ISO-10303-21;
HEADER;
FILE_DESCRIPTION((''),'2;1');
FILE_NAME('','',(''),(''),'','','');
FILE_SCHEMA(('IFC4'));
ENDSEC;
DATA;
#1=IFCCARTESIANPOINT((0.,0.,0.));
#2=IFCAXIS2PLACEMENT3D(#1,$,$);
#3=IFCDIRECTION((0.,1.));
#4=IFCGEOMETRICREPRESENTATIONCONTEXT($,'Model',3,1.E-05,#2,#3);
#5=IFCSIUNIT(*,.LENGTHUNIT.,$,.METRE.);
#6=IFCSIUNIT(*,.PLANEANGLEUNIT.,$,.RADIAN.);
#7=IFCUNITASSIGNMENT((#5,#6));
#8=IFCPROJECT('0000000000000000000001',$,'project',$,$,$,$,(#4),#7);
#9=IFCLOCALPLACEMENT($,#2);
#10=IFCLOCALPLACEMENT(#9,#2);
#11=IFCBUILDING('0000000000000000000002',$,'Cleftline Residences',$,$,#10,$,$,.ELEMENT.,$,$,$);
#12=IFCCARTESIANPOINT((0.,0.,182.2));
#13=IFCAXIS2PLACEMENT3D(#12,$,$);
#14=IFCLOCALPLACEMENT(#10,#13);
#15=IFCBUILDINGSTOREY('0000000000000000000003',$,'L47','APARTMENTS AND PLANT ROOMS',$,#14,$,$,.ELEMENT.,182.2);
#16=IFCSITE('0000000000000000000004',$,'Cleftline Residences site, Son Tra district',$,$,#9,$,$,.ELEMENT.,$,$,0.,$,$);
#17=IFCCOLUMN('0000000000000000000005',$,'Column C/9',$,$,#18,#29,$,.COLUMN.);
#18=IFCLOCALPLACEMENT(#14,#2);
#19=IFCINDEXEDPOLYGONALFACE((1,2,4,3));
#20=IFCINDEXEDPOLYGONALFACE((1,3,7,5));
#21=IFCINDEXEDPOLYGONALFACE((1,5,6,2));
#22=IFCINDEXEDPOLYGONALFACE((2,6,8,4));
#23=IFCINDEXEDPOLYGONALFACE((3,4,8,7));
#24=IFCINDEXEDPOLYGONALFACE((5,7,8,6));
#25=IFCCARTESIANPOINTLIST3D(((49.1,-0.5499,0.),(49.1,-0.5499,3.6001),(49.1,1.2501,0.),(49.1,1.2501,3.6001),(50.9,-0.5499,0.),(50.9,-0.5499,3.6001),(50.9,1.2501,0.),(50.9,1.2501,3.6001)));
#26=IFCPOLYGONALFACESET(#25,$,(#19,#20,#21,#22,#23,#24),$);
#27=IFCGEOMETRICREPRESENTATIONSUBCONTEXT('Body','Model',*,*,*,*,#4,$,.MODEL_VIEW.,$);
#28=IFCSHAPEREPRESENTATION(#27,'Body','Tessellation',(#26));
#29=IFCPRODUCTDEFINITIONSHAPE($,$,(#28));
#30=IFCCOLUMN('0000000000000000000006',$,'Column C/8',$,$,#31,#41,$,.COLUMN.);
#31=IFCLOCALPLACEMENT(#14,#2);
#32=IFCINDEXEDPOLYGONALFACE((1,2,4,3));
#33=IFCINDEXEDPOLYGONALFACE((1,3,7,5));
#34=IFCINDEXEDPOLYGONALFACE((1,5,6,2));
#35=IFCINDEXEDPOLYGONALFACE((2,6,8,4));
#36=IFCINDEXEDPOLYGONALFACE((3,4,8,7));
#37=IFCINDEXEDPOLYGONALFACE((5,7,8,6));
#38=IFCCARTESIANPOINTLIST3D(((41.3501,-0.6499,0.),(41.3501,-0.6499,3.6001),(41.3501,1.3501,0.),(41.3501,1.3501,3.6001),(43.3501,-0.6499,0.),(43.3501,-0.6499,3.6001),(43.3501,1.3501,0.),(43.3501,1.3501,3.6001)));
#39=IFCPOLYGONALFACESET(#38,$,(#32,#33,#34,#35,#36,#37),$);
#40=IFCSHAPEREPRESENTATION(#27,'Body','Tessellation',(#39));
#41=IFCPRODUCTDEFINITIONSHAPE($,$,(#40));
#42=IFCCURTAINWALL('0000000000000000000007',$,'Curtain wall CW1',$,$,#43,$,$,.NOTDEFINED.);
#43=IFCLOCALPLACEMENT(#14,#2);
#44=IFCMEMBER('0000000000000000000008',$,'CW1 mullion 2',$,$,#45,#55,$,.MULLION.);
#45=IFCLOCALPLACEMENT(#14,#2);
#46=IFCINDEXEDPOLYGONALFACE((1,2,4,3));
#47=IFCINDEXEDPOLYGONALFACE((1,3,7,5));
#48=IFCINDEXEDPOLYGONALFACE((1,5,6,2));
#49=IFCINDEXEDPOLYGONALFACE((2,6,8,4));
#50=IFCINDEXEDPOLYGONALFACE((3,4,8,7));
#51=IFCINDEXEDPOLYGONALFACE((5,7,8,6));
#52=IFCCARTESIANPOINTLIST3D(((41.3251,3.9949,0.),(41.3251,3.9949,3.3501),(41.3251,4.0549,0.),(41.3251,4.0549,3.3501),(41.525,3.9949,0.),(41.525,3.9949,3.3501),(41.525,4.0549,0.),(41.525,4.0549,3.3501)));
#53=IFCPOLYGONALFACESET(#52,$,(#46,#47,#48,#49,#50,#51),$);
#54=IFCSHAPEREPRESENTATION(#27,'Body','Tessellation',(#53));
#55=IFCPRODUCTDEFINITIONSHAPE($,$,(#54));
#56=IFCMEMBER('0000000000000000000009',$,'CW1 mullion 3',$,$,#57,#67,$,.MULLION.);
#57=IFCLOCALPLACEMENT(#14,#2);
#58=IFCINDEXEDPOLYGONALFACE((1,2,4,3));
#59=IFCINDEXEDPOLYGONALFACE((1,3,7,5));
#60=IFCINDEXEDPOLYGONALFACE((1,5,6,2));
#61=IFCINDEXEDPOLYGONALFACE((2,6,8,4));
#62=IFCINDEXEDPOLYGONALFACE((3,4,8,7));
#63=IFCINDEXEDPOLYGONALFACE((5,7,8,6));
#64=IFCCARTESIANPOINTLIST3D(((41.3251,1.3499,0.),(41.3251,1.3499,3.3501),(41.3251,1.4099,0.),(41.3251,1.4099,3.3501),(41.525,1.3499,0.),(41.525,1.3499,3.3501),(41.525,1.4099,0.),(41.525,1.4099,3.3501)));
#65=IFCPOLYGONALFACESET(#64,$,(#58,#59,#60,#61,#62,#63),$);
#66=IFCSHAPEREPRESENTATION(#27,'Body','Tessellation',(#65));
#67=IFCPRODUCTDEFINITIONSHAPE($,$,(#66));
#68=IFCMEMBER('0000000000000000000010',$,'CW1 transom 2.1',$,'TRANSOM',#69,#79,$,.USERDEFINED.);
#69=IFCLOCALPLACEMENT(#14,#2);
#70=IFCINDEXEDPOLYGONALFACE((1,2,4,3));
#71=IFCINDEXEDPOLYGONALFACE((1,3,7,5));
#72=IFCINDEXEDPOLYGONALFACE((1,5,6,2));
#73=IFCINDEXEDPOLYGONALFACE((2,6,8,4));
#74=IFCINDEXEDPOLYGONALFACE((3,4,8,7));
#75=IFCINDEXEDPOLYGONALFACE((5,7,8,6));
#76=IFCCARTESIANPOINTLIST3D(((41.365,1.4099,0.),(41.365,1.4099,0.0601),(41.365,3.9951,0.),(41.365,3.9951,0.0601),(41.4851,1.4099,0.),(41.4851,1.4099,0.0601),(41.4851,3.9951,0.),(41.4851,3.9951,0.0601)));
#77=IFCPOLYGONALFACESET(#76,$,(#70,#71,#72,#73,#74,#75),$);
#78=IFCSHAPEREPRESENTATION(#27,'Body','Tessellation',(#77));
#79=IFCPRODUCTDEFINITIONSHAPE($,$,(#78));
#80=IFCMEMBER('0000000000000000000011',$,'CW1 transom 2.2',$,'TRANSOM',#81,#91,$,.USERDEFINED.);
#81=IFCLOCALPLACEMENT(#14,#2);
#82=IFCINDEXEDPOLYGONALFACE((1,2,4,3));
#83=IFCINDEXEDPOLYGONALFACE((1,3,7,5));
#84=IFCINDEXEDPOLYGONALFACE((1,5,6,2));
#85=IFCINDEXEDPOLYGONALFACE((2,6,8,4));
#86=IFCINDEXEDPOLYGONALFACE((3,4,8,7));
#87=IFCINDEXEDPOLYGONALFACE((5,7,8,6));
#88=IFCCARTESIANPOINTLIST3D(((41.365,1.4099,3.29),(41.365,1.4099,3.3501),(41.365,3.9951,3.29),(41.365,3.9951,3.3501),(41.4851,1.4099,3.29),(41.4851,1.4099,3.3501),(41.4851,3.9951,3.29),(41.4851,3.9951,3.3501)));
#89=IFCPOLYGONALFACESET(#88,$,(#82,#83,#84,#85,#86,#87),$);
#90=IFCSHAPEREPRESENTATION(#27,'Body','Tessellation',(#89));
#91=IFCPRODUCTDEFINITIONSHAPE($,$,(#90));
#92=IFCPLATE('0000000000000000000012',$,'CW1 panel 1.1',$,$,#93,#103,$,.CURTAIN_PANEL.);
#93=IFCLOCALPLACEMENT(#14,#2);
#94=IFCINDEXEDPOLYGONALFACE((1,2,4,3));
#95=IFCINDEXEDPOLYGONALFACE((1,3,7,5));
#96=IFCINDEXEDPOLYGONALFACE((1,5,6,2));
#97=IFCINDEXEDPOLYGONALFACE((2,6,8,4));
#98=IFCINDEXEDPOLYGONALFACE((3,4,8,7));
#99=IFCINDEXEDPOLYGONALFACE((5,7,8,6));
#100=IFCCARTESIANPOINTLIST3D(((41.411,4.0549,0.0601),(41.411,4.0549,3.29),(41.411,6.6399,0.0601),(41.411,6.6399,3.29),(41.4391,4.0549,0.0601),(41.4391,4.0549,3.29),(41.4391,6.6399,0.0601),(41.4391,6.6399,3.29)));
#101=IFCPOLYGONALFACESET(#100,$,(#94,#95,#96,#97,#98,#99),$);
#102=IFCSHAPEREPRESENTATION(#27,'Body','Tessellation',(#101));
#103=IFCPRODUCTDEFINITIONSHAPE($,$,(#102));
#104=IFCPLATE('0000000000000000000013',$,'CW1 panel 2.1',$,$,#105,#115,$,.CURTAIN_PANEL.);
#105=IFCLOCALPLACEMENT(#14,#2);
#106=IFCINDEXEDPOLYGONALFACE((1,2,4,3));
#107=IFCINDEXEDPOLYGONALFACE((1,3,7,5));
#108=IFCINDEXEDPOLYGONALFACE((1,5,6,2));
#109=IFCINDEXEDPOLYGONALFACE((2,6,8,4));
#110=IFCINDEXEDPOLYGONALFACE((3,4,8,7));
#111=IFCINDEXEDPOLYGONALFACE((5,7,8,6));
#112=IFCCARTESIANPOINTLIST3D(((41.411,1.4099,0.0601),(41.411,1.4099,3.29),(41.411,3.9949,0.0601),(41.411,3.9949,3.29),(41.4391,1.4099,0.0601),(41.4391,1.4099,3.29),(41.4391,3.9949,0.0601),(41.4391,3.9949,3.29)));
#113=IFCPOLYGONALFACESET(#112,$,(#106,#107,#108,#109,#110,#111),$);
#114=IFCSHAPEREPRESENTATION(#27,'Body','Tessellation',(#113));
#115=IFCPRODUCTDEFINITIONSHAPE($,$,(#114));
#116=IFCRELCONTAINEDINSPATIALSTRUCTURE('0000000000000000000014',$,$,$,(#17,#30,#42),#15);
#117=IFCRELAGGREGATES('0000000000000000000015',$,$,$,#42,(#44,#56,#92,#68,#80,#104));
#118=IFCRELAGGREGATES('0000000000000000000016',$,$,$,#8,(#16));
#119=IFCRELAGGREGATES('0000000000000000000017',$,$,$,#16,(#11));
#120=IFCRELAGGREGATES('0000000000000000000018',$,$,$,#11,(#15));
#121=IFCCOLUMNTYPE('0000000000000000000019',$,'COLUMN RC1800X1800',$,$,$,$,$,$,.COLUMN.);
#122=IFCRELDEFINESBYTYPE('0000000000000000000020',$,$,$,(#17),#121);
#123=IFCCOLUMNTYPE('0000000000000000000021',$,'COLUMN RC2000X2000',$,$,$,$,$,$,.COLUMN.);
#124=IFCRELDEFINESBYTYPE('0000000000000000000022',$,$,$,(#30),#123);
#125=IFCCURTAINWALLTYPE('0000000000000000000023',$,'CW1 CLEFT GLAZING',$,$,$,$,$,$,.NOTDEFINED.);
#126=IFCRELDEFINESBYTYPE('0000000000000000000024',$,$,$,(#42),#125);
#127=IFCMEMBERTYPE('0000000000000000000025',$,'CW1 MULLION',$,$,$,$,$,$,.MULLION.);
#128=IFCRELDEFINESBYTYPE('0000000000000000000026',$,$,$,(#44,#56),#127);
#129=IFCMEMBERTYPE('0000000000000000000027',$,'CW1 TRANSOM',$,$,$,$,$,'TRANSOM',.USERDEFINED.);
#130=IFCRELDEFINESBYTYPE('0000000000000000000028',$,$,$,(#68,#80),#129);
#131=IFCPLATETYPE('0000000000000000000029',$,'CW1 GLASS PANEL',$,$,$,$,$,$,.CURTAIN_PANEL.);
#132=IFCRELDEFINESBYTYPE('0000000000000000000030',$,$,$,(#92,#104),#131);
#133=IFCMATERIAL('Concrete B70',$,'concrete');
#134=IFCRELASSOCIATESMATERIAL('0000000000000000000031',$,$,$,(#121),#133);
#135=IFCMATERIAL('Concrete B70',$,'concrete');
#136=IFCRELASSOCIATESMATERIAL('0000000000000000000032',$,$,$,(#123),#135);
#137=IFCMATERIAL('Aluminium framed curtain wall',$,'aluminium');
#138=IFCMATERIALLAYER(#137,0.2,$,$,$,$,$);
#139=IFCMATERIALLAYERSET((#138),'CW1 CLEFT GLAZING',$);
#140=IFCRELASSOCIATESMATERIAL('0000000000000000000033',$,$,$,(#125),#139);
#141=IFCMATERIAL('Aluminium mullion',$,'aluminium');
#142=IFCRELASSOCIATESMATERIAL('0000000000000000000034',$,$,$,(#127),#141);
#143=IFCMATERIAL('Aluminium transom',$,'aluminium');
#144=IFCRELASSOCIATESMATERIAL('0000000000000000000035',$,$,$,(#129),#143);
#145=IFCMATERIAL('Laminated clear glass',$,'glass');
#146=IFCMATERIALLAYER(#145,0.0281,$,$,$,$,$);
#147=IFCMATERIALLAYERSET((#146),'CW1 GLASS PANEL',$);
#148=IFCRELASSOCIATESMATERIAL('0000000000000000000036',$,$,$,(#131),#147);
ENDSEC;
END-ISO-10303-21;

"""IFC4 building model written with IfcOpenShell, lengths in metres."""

from ifc_helpers import new_model, si_unit, direction, frame, origin, origin_2d, place, context, subcontext, project, spatial, rectangle, extrude, material, layer, layer_set, material_profile, profile_set, type_object, element, aggregate, save


model = new_model("IFC4")

# Units and contexts
model_context = context("Model", 3, precision=1e-05, world=origin(), true_north=direction((0.0, 1.0)))
body_context = subcontext(model_context, "Body", "Model", "MODEL_VIEW")
ifc_project = project(units=[si_unit("LENGTHUNIT", "METRE"), si_unit("PLANEANGLEUNIT", "RADIAN")], contexts=[model_context])

# Site, building, storey
site_placement = place(None, origin())
site = spatial("IfcSite", under=ifc_project, at=site_placement, Name="Cleftline Residences site, Son Tra district", CompositionType="ELEMENT", RefElevation=0.0)
building_placement = place(site_placement, origin())
building = spatial("IfcBuilding", under=site, at=building_placement, Name="Cleftline Residences", CompositionType="ELEMENT")
storey_placement = place(building_placement, frame((0.0, 0.0, 182.2)))
storey = spatial("IfcBuildingStorey", under=building, at=storey_placement, Name="L47", Description="APARTMENTS AND PLANT ROOMS", CompositionType="ELEMENT", Elevation=182.2)

# Columns
ifc_material_1 = material(Name="Concrete B70", Category="concrete")
ifc_material_profile_1 = material_profile(ifc_material_1, rectangle(XDim=1.8, YDim=1.8, at=origin_2d()))
ifc_profile_set_1 = profile_set([ifc_material_profile_1], Name="Concrete B70")
column_type_1 = type_object("IfcColumnType", Name="COLUMN RC1800X1800", PredefinedType="COLUMN", material=ifc_profile_set_1)
column_1_placement = place(storey_placement, frame((50.0, 0.3501, 0.0), z_axis=(0.0, 0.0, 1.0), x_axis=(1.0, 0.0, 0.0)))
element("IfcColumn", 1, at=column_1_placement, inside=storey, type_object=column_type_1, Name="Column C/9", PredefinedType="COLUMN", context=body_context, shape_type="SweptSolid", body=[
    extrude(rectangle(XDim=1.8, YDim=1.8, at=origin_2d()), origin(), (0.0, 0.0, 1.0), 3.6001),
])
ifc_material_2 = material(Name="Concrete B70", Category="concrete")
ifc_material_profile_2 = material_profile(ifc_material_2, rectangle(XDim=2.0, YDim=2.0, at=origin_2d()))
ifc_profile_set_2 = profile_set([ifc_material_profile_2], Name="Concrete B70")
column_type_2 = type_object("IfcColumnType", Name="COLUMN RC2000X2000", PredefinedType="COLUMN", material=ifc_profile_set_2)
column_2_placement = place(storey_placement, frame((42.3501, 0.3501, 0.0), z_axis=(0.0, 0.0, 1.0), x_axis=(1.0, 0.0, 0.0)))
element("IfcColumn", 2, at=column_2_placement, inside=storey, type_object=column_type_2, Name="Column C/8", PredefinedType="COLUMN", context=body_context, shape_type="SweptSolid", body=[
    extrude(rectangle(XDim=2.0, YDim=2.0, at=origin_2d()), origin(), (0.0, 0.0, 1.0), 3.6001),
])

# Curtain wall, members, plates
ifc_material_3 = material(Name="Aluminium framed curtain wall", Category="aluminium")
ifc_layer_1 = layer(ifc_material_3, 0.2)
ifc_layer_set_1 = layer_set([ifc_layer_1], Name="CW1 CLEFT GLAZING")
curtain_wall_type = type_object("IfcCurtainWallType", Name="CW1 CLEFT GLAZING", PredefinedType="NOTDEFINED", material=ifc_layer_set_1)
curtain_wall_placement = place(storey_placement, origin())
curtain_wall = element("IfcCurtainWall", 3, at=curtain_wall_placement, inside=storey, type_object=curtain_wall_type, Name="Curtain wall CW1", PredefinedType="NOTDEFINED")
ifc_material_4 = material(Name="Aluminium mullion", Category="aluminium")
ifc_material_profile_3 = material_profile(ifc_material_4, rectangle(XDim=0.2, YDim=0.0601, at=origin_2d()))
ifc_profile_set_3 = profile_set([ifc_material_profile_3], Name="Aluminium mullion")
member_type_1 = type_object("IfcMemberType", Name="CW1 MULLION", PredefinedType="MULLION", material=ifc_profile_set_3)
member_1_placement = place(storey_placement, frame((41.425, 4.0249, 0.0), z_axis=(0.0, 0.0, 1.0), x_axis=(1.0, 0.0, 0.0)))
member_1 = element("IfcMember", 4, at=member_1_placement, type_object=member_type_1, Name="CW1 mullion 2", PredefinedType="MULLION", context=body_context, shape_type="SweptSolid", body=[
    extrude(rectangle(XDim=0.2, YDim=0.0601, at=origin_2d()), origin(), (0.0, 0.0, 1.0), 3.3501),
])
member_2_placement = place(storey_placement, frame((41.425, 1.3799, 0.0), z_axis=(0.0, 0.0, 1.0), x_axis=(1.0, 0.0, 0.0)))
member_2 = element("IfcMember", 5, at=member_2_placement, type_object=member_type_1, Name="CW1 mullion 3", PredefinedType="MULLION", context=body_context, shape_type="SweptSolid", body=[
    extrude(rectangle(XDim=0.2, YDim=0.0601, at=origin_2d()), origin(), (0.0, 0.0, 1.0), 3.3501),
])
ifc_material_5 = material(Name="Aluminium transom", Category="aluminium")
ifc_material_profile_4 = material_profile(ifc_material_5, rectangle(XDim=0.1201, YDim=0.0601, at=origin_2d()))
ifc_profile_set_4 = profile_set([ifc_material_profile_4], Name="Aluminium transom")
member_type_2 = type_object("IfcMemberType", Name="CW1 TRANSOM", ElementType="TRANSOM", PredefinedType="USERDEFINED", material=ifc_profile_set_4)
member_3_placement = place(storey_placement, frame((41.425, 3.9951, 0.03), z_axis=(0.0, -1.0, 0.0), x_axis=(1.0, 0.0, 0.0)))
member_3 = element("IfcMember", 6, at=member_3_placement, type_object=member_type_2, Name="CW1 transom 2.1", ObjectType="TRANSOM", PredefinedType="USERDEFINED", context=body_context, shape_type="SweptSolid", body=[
    extrude(rectangle(XDim=0.1201, YDim=0.0601, at=origin_2d()), origin(), (0.0, 0.0, 1.0), 2.5852),
])
member_4_placement = place(storey_placement, frame((41.425, 3.9951, 3.3201), z_axis=(0.0, -1.0, 0.0), x_axis=(1.0, 0.0, 0.0)))
member_4 = element("IfcMember", 7, at=member_4_placement, type_object=member_type_2, Name="CW1 transom 2.2", ObjectType="TRANSOM", PredefinedType="USERDEFINED", context=body_context, shape_type="SweptSolid", body=[
    extrude(rectangle(XDim=0.1201, YDim=0.0601, at=origin_2d()), origin(), (0.0, 0.0, 1.0), 2.5852),
])
ifc_material_6 = material(Name="Laminated clear glass", Category="glass")
ifc_layer_2 = layer(ifc_material_6, 0.0281)
ifc_layer_set_2 = layer_set([ifc_layer_2], Name="CW1 GLASS PANEL")
plate_type = type_object("IfcPlateType", Name="CW1 GLASS PANEL", PredefinedType="CURTAIN_PANEL", material=ifc_layer_set_2)
plate_1_placement = place(storey_placement, frame((41.425, 5.3474, 0.0601), z_axis=(0.0, 0.0, 1.0), x_axis=(0.0, -1.0, 0.0)))
plate_1 = element("IfcPlate", 8, at=plate_1_placement, type_object=plate_type, Name="CW1 panel 1.1", PredefinedType="CURTAIN_PANEL", context=body_context, shape_type="SweptSolid", body=[
    extrude(rectangle(XDim=2.585, YDim=0.0281, at=origin_2d()), origin(), (0.0, 0.0, 1.0), 3.23),
])
plate_2_placement = place(storey_placement, frame((41.425, 2.7024, 0.0601), z_axis=(0.0, 0.0, 1.0), x_axis=(0.0, -1.0, 0.0)))
plate_2 = element("IfcPlate", 9, at=plate_2_placement, type_object=plate_type, Name="CW1 panel 2.1", PredefinedType="CURTAIN_PANEL", context=body_context, shape_type="SweptSolid", body=[
    extrude(rectangle(XDim=2.585, YDim=0.0281, at=origin_2d()), origin(), (0.0, 0.0, 1.0), 3.23),
])
aggregate(curtain_wall, [member_1, member_2, plate_1, member_3, member_4, plate_2])

save(model, "model.ifc")
